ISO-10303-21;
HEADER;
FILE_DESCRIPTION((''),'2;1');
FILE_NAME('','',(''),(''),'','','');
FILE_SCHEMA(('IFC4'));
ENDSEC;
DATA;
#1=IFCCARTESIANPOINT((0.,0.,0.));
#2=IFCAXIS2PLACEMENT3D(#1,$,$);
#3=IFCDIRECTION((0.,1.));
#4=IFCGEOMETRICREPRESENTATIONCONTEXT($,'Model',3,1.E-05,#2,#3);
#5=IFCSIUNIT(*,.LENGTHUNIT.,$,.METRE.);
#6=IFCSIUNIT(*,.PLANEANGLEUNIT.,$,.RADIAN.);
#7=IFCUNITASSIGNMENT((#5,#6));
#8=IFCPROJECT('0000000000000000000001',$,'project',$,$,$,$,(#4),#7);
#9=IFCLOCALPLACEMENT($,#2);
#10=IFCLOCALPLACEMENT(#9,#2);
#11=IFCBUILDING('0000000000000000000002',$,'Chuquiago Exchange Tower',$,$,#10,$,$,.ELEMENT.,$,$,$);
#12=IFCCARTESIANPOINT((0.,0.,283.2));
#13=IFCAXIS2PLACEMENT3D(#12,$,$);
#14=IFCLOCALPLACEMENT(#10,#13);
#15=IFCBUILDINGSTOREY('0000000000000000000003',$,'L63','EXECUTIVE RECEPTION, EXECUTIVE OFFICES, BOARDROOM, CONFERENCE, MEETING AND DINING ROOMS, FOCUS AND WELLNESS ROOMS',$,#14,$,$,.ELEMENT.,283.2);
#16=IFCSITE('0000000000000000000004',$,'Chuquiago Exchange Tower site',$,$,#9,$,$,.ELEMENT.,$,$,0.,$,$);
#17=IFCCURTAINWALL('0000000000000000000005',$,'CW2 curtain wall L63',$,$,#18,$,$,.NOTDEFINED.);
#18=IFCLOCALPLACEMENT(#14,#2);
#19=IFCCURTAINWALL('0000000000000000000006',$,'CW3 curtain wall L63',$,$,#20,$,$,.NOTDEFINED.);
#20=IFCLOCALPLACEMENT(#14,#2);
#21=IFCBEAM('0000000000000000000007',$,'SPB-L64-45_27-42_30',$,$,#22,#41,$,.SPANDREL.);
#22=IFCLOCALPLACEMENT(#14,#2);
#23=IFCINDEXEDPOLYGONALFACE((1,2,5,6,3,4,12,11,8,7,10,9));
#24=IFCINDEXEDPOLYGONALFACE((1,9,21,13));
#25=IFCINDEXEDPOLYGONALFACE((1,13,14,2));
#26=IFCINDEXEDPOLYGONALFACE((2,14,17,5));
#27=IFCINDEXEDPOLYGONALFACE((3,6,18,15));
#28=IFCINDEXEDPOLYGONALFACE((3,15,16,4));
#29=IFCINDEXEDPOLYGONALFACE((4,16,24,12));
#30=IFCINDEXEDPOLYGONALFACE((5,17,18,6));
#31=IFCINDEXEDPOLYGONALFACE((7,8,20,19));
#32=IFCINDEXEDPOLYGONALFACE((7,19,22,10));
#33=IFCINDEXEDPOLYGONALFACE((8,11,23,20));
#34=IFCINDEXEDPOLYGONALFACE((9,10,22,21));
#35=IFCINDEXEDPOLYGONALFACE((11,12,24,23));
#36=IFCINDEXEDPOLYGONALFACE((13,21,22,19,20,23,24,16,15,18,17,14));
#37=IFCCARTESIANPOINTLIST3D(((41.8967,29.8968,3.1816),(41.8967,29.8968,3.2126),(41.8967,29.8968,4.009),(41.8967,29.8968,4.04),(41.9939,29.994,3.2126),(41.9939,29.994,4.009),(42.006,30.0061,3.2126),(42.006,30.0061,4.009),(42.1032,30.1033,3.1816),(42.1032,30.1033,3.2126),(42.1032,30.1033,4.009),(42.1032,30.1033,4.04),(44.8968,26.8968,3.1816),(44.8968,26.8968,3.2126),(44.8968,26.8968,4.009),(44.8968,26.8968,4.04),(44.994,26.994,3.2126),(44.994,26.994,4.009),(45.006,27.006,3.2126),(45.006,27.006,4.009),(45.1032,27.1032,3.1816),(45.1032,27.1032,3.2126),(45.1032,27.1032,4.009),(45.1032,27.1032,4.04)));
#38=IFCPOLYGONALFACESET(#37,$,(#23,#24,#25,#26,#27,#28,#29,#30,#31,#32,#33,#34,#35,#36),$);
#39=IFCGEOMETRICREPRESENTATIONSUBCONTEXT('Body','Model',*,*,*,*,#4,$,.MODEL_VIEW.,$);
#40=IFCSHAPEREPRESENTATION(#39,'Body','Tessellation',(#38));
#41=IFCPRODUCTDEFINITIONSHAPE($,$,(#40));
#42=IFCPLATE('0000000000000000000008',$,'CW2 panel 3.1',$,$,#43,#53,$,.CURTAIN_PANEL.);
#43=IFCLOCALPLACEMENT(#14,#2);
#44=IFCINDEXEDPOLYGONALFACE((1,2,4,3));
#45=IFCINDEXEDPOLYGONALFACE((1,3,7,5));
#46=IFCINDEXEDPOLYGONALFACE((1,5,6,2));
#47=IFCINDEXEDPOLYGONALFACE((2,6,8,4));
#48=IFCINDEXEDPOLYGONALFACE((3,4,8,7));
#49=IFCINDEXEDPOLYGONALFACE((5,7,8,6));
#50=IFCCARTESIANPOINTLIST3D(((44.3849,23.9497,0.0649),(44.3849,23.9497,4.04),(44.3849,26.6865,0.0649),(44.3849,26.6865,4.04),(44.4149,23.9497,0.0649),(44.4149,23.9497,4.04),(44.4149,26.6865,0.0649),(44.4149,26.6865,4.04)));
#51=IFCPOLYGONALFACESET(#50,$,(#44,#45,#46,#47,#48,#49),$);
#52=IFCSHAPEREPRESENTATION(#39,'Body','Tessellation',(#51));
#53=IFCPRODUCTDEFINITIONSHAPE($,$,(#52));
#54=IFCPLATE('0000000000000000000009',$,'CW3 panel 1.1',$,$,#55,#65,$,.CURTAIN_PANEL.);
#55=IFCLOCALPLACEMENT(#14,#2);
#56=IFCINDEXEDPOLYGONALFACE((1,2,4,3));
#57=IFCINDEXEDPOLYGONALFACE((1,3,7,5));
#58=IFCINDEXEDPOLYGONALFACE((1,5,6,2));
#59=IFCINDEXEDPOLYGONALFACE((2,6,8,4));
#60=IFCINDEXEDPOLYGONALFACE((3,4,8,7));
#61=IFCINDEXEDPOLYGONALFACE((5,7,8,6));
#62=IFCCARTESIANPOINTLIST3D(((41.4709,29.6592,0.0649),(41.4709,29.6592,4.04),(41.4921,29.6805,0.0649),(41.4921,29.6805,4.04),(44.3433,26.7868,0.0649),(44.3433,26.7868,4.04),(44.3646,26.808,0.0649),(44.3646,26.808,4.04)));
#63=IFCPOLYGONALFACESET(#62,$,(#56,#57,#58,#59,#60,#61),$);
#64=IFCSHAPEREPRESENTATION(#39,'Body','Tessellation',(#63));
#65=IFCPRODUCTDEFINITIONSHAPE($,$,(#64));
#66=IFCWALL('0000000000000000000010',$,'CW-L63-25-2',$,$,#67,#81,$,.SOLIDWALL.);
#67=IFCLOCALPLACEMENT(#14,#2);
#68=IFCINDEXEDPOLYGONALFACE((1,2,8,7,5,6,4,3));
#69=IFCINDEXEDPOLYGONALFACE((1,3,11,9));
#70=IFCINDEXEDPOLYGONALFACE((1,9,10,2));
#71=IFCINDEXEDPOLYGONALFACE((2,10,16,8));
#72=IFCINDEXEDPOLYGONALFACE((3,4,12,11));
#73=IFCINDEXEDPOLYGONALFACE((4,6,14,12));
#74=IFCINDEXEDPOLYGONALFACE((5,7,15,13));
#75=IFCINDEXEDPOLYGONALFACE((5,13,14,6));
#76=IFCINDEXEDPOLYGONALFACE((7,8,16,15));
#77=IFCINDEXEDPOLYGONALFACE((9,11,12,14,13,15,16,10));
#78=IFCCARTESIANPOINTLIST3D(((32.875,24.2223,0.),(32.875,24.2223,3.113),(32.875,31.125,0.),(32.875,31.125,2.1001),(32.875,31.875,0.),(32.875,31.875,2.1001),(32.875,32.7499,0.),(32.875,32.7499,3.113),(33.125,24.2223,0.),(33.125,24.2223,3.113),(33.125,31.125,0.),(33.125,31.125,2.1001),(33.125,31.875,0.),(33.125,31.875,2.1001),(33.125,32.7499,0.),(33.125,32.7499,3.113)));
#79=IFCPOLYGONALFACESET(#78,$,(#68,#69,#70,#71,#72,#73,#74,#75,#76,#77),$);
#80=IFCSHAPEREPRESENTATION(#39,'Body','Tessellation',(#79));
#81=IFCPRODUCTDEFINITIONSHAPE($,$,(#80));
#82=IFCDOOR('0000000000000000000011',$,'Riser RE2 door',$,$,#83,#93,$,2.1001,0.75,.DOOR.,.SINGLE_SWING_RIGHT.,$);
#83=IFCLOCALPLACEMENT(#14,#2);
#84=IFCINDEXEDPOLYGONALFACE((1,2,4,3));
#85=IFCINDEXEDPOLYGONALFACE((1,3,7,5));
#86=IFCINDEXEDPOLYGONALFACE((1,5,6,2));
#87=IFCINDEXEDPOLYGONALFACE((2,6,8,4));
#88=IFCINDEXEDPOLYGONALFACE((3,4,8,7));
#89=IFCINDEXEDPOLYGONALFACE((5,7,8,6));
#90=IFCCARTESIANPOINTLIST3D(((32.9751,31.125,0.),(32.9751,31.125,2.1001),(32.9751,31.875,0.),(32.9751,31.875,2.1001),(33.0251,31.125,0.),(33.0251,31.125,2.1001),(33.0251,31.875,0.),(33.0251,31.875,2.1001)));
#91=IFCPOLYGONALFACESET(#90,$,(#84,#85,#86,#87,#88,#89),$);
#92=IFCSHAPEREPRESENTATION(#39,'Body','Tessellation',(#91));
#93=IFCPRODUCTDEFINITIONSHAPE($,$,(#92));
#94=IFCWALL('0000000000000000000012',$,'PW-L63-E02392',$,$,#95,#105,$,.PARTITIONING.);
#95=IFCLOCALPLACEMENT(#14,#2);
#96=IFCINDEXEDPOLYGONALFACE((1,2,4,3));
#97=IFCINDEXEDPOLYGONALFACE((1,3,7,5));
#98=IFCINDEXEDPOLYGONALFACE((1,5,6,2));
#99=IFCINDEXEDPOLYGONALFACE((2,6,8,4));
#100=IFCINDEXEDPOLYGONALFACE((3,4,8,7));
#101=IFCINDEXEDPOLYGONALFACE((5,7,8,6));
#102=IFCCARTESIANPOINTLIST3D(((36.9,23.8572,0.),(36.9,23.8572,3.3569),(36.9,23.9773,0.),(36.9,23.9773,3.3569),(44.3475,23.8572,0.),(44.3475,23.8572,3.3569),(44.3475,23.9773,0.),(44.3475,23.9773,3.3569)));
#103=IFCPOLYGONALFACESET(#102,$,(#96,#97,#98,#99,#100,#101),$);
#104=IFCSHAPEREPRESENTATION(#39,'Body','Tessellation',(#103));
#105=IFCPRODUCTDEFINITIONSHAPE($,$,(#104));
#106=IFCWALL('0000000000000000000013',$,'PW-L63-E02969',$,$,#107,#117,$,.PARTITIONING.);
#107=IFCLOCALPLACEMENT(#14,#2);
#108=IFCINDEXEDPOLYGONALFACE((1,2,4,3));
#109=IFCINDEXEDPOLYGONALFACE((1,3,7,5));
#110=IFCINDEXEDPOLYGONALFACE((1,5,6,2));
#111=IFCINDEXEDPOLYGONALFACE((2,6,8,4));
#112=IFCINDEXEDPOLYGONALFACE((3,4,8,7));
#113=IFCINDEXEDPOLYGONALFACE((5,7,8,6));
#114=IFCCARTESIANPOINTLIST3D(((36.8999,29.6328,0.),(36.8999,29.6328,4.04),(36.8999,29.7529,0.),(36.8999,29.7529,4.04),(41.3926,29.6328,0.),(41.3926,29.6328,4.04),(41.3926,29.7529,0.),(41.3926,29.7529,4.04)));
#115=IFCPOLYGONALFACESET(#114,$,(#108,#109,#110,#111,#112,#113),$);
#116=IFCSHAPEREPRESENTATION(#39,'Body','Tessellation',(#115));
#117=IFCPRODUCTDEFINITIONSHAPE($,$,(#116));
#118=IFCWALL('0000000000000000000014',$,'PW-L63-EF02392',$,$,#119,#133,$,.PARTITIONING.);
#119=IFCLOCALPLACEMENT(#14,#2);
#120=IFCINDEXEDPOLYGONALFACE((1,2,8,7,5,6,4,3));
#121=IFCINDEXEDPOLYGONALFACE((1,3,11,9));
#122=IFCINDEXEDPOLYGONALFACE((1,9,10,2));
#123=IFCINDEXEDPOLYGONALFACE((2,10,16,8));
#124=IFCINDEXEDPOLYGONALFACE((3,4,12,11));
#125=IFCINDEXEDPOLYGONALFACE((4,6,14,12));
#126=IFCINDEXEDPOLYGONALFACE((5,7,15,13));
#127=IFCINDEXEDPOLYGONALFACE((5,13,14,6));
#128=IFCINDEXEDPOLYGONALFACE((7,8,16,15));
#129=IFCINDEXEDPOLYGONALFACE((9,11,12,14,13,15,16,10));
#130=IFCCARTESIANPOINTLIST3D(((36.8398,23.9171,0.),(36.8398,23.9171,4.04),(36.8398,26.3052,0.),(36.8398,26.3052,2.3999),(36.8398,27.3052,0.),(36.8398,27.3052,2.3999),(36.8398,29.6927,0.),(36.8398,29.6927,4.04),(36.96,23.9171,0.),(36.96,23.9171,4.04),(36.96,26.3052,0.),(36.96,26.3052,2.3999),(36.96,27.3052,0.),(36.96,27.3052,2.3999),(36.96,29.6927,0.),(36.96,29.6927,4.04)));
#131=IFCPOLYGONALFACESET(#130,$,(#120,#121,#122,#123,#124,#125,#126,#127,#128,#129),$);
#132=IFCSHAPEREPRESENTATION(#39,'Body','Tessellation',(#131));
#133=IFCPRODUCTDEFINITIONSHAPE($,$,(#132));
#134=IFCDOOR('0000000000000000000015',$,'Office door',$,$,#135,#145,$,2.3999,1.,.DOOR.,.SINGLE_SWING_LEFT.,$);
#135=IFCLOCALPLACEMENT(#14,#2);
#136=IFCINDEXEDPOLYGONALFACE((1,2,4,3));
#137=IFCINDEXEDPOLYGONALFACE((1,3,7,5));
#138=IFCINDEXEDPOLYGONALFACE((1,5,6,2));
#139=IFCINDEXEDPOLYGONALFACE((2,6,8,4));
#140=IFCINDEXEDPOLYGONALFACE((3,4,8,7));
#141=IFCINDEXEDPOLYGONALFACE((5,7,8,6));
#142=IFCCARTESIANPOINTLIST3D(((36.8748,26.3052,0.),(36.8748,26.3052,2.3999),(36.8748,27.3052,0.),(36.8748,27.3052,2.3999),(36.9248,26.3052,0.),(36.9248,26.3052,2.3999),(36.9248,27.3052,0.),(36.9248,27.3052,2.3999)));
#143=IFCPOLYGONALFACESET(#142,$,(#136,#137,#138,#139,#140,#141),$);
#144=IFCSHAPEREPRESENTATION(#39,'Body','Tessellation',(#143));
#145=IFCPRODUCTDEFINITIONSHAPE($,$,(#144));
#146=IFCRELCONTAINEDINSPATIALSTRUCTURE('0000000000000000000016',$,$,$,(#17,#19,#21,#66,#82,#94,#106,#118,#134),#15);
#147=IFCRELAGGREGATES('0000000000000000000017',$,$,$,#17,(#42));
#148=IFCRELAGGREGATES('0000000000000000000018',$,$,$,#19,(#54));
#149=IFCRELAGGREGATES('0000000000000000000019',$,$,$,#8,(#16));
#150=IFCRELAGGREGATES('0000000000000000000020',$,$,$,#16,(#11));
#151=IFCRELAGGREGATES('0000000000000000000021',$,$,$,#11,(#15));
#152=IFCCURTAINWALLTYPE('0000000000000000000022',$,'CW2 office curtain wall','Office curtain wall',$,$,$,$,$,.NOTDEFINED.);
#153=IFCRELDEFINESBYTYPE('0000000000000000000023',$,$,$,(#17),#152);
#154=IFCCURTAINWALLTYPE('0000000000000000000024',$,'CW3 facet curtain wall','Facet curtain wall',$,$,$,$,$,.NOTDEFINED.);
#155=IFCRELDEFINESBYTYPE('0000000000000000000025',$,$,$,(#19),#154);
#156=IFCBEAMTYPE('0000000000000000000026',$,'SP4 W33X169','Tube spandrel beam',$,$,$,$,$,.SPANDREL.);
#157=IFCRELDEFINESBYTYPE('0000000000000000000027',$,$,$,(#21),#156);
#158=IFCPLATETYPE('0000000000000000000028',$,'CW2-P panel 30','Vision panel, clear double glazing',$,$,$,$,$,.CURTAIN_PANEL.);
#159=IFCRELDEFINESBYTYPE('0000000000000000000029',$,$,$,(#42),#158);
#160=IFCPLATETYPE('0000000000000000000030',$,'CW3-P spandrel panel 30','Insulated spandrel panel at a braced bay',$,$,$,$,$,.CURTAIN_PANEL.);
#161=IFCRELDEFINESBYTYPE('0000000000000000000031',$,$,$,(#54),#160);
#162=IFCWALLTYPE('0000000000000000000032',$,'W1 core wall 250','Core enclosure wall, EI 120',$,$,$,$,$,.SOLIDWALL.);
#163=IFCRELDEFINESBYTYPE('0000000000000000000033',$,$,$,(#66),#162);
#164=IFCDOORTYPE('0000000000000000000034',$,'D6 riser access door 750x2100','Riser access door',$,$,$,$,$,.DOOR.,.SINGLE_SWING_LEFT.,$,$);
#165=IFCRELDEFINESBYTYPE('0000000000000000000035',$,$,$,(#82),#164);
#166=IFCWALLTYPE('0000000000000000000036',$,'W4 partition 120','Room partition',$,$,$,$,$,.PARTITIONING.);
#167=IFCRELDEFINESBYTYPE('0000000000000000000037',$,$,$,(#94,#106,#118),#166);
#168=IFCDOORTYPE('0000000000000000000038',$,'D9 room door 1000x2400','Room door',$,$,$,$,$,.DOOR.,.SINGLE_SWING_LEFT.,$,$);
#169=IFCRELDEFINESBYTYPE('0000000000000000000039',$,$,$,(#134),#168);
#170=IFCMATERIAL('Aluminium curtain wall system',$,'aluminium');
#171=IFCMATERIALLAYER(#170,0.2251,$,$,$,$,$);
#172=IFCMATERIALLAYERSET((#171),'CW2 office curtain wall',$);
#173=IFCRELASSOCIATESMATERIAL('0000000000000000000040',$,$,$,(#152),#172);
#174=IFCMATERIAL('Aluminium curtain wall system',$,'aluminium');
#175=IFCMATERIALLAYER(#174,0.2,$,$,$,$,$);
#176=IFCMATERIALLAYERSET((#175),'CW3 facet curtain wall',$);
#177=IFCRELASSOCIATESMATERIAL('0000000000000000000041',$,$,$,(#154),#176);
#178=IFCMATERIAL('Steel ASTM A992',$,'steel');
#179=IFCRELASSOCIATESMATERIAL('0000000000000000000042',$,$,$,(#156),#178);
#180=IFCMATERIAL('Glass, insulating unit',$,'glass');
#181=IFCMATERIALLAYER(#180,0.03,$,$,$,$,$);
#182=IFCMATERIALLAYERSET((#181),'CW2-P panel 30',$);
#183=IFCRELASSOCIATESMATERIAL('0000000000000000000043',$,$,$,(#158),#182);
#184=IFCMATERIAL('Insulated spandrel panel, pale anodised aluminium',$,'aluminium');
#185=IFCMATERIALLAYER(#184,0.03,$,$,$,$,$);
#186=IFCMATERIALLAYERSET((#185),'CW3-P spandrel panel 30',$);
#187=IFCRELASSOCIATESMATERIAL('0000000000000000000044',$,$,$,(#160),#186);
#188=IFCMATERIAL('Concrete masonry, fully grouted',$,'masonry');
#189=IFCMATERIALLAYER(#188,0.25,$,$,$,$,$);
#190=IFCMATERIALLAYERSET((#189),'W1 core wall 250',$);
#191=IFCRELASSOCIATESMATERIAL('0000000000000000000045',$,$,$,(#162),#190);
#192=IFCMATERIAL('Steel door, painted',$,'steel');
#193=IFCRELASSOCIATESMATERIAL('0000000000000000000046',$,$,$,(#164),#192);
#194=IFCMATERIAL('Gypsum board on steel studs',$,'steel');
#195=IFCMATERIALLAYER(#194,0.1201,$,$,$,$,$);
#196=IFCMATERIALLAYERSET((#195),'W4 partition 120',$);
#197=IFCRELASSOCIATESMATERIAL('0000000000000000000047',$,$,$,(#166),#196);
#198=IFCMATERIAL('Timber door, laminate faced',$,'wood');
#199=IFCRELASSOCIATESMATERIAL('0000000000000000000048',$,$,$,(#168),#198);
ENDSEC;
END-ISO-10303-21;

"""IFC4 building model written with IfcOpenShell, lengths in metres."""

from ifc_helpers import new_model, si_unit, direction, frame, frame_2d, origin, origin_2d, place, context, subcontext, project, spatial, rectangle, i_section, extrude, material, layer, layer_set, material_profile, profile_set, type_object, element, fill, aggregate, save


model = new_model("IFC4")

# Units and contexts
model_context = context("Model", 3, precision=1e-05, world=origin(), true_north=direction((0.0, 1.0)))
body_context = subcontext(model_context, "Body", "Model", "MODEL_VIEW")
ifc_project = project(units=[si_unit("LENGTHUNIT", "METRE"), si_unit("PLANEANGLEUNIT", "RADIAN")], contexts=[model_context])

# Site, building, storey
site_placement = place(None, origin())
site = spatial("IfcSite", under=ifc_project, at=site_placement, Name="Chuquiago Exchange Tower site", CompositionType="ELEMENT", RefElevation=0.0)
building_placement = place(site_placement, origin())
building = spatial("IfcBuilding", under=site, at=building_placement, Name="Chuquiago Exchange Tower", CompositionType="ELEMENT")
storey_placement = place(building_placement, frame((0.0, 0.0, 283.2)))
storey = spatial("IfcBuildingStorey", under=building, at=storey_placement, Name="L63", Description="EXECUTIVE RECEPTION, EXECUTIVE OFFICES, BOARDROOM, CONFERENCE, MEETING AND DINING ROOMS, FOCUS AND WELLNESS ROOMS", CompositionType="ELEMENT", Elevation=283.2)

# Curtain walls
ifc_material_1 = material(Name="Aluminium curtain wall system", Category="aluminium")
ifc_layer_1 = layer(ifc_material_1, 0.2251)
ifc_layer_set_1 = layer_set([ifc_layer_1], Name="CW2 office curtain wall")
curtain_wall_type_1 = type_object("IfcCurtainWallType", Name="CW2 office curtain wall", Description="Office curtain wall", PredefinedType="NOTDEFINED", material=ifc_layer_set_1)
curtain_wall_1_placement = place(storey_placement, origin())
curtain_wall_1 = element("IfcCurtainWall", 1, at=curtain_wall_1_placement, inside=storey, type_object=curtain_wall_type_1, Name="CW2 curtain wall L63", PredefinedType="NOTDEFINED")
ifc_material_2 = material(Name="Aluminium curtain wall system", Category="aluminium")
ifc_layer_2 = layer(ifc_material_2, 0.2)
ifc_layer_set_2 = layer_set([ifc_layer_2], Name="CW3 facet curtain wall")
curtain_wall_type_2 = type_object("IfcCurtainWallType", Name="CW3 facet curtain wall", Description="Facet curtain wall", PredefinedType="NOTDEFINED", material=ifc_layer_set_2)
curtain_wall_2_placement = place(storey_placement, origin())
curtain_wall_2 = element("IfcCurtainWall", 2, at=curtain_wall_2_placement, inside=storey, type_object=curtain_wall_type_2, Name="CW3 curtain wall L63", PredefinedType="NOTDEFINED")

# Beam
ifc_material_3 = material(Name="Steel ASTM A992", Category="steel")
ifc_material_profile_1 = material_profile(ifc_material_3, i_section(OverallWidth=0.292, OverallDepth=0.8584, WebThickness=0.0171, FlangeThickness=0.031, at=origin_2d()), Name="W33X169")
ifc_profile_set_1 = profile_set([ifc_material_profile_1], Name="Steel ASTM A992")
beam_type_1 = type_object("IfcBeamType", Name="SP4 W33X169", Description="Tube spandrel beam", PredefinedType="SPANDREL", material=ifc_profile_set_1)
beam_1_placement = place(storey_placement, frame((45.0, 27.0, 3.6108), z_axis=(-0.707107, 0.707107, 0.0), x_axis=(-0.707107, -0.707107, 0.0)))
element("IfcBeam", 3, at=beam_1_placement, inside=storey, type_object=beam_type_1, Name="SPB-L64-45_27-42_30", PredefinedType="SPANDREL", context=body_context, shape_type="SweptSolid", body=[
    extrude(i_section(OverallWidth=0.292, OverallDepth=0.8584, WebThickness=0.0171, FlangeThickness=0.031, at=origin_2d()), origin(), (0.0, 0.0, 1.0), 4.2427),
])

# Plates
ifc_material_4 = material(Name="Glass, insulating unit", Category="glass")
ifc_layer_3 = layer(ifc_material_4, 0.03)
ifc_layer_set_3 = layer_set([ifc_layer_3], Name="CW2-P panel 30")
plate_type_1 = type_object("IfcPlateType", Name="CW2-P panel 30", Description="Vision panel, clear double glazing", PredefinedType="CURTAIN_PANEL", material=ifc_layer_set_3)
plate_1_placement = place(storey_placement, frame((44.3999, 25.3181, 0.0649), z_axis=(0.0, 0.0, 1.0), x_axis=(0.0, 1.0, 0.0)))
plate_1 = element("IfcPlate", 4, at=plate_1_placement, type_object=plate_type_1, Name="CW2 panel 3.1", PredefinedType="CURTAIN_PANEL", context=body_context, shape_type="SweptSolid", body=[
    extrude(rectangle(XDim=2.7368, YDim=0.03, at=origin_2d()), origin(), (0.0, 0.0, 1.0), 3.9751),
])
aggregate(curtain_wall_1, [plate_1])
ifc_material_5 = material(Name="Insulated spandrel panel, pale anodised aluminium", Category="aluminium")
ifc_layer_4 = layer(ifc_material_5, 0.03)
ifc_layer_set_4 = layer_set([ifc_layer_4], Name="CW3-P spandrel panel 30")
plate_type_2 = type_object("IfcPlateType", Name="CW3-P spandrel panel 30", Description="Insulated spandrel panel at a braced bay", PredefinedType="CURTAIN_PANEL", material=ifc_layer_set_4)
plate_2_placement = place(storey_placement, frame((42.9177, 28.2336, 0.0649), z_axis=(0.0, 0.0, 1.0), x_axis=(-0.707107, 0.707107, 0.0)))
plate_2 = element("IfcPlate", 5, at=plate_2_placement, type_object=plate_type_2, Name="CW3 panel 1.1", PredefinedType="CURTAIN_PANEL", context=body_context, shape_type="SweptSolid", body=[
    extrude(rectangle(XDim=4.0623, YDim=0.03, at=origin_2d()), origin(), (0.0, 0.0, 1.0), 3.9751),
])
aggregate(curtain_wall_2, [plate_2])

# Wall, opening, door
ifc_material_6 = material(Name="Concrete masonry, fully grouted", Category="masonry")
ifc_layer_5 = layer(ifc_material_6, 0.25)
ifc_layer_set_5 = layer_set([ifc_layer_5], Name="W1 core wall 250")
wall_type_1 = type_object("IfcWallType", Name="W1 core wall 250", Description="Core enclosure wall, EI 120", PredefinedType="SOLIDWALL", material=ifc_layer_set_5)
wall_1_placement = place(storey_placement, frame((33.0, 24.2224, 0.0), z_axis=(0.0, 0.0, 1.0), x_axis=(0.0, 1.0, 0.0)))
wall_1 = element("IfcWall", 6, at=wall_1_placement, inside=storey, type_object=wall_type_1, Name="CW-L63-25-2", PredefinedType="SOLIDWALL", context=body_context, shape_type="SweptSolid", body=[
    extrude(rectangle(XDim=8.5276, YDim=0.25, at=frame_2d((4.2637, 0.0))), origin(), (0.0, 0.0, 1.0), 3.113),
])
opening_1_placement = place(wall_1_placement, frame((6.9026, 0.0, 0.0)))
opening_1 = element("IfcOpeningElement", 7, at=opening_1_placement, cuts=wall_1, PredefinedType="OPENING", context=body_context, shape_type="SweptSolid", body=[
    extrude(rectangle(XDim=0.75, YDim=2.1001, at=frame_2d((0.375, 1.05))), frame((0.0, 0.135, 0.0), z_axis=(0.0, -1.0, 0.0), x_axis=(1.0, 0.0, 0.0)), (0.0, 0.0, 1.0), 0.27),
])
ifc_material_7 = material(Name="Steel door, painted", Category="steel")
door_type_1 = type_object("IfcDoorType", Name="D6 riser access door 750x2100", Description="Riser access door", OperationType="SINGLE_SWING_LEFT", PredefinedType="DOOR", material=ifc_material_7)
door_1_placement = place(opening_1_placement, origin())
door_1 = element("IfcDoor", 8, at=door_1_placement, inside=storey, type_object=door_type_1, Name="Riser RE2 door", OperationType="SINGLE_SWING_RIGHT", OverallHeight=2.1001, OverallWidth=0.75, PredefinedType="DOOR", context=body_context, shape_type="SweptSolid", body=[
    extrude(rectangle(XDim=0.75, YDim=2.1001, at=frame_2d((0.375, 1.05))), frame((0.0, 0.0249, 0.0), z_axis=(0.0, -1.0, 0.0), x_axis=(1.0, 0.0, 0.0)), (0.0, 0.0, 1.0), 0.05),
])
fill(opening_1, door_1)

# Walls
ifc_material_8 = material(Name="Gypsum board on steel studs", Category="steel")
ifc_layer_6 = layer(ifc_material_8, 0.1201)
ifc_layer_set_6 = layer_set([ifc_layer_6], Name="W4 partition 120")
wall_type_2 = type_object("IfcWallType", Name="W4 partition 120", Description="Room partition", PredefinedType="PARTITIONING", material=ifc_layer_set_6)
wall_2_placement = place(storey_placement, frame((44.3474, 23.9172, 0.0), z_axis=(0.0, 0.0, 1.0), x_axis=(-1.0, 0.0, 0.0)))
element("IfcWall", 9, at=wall_2_placement, inside=storey, type_object=wall_type_2, Name="PW-L63-E02392", PredefinedType="PARTITIONING", context=body_context, shape_type="SweptSolid", body=[
    extrude(rectangle(XDim=7.4475, YDim=0.1201, at=frame_2d((3.7236, 0.0))), origin(), (0.0, 0.0, 1.0), 3.3569),
])
wall_3_placement = place(storey_placement, frame((41.3926, 29.6929, 0.0), z_axis=(0.0, 0.0, 1.0), x_axis=(-1.0, 0.0, 0.0)))
element("IfcWall", 10, at=wall_3_placement, inside=storey, type_object=wall_type_2, Name="PW-L63-E02969", PredefinedType="PARTITIONING", context=body_context, shape_type="SweptSolid", body=[
    extrude(rectangle(XDim=4.4927, YDim=0.1201, at=frame_2d((2.2463, 0.0))), origin(), (0.0, 0.0, 1.0), 4.04),
])

# Wall, opening, door
wall_4_placement = place(storey_placement, frame((36.8999, 23.9172, 0.0), z_axis=(0.0, 0.0, 1.0), x_axis=(0.0, 1.0, 0.0)))
wall_4 = element("IfcWall", 11, at=wall_4_placement, inside=storey, type_object=wall_type_2, Name="PW-L63-EF02392", PredefinedType="PARTITIONING", context=body_context, shape_type="SweptSolid", body=[
    extrude(rectangle(XDim=5.7756, YDim=0.1201, at=frame_2d((2.8877, 0.0))), origin(), (0.0, 0.0, 1.0), 4.04),
])
opening_2_placement = place(wall_4_placement, frame((2.3879, 0.0, 0.0)))
opening_2 = element("IfcOpeningElement", 12, at=opening_2_placement, cuts=wall_4, PredefinedType="OPENING", context=body_context, shape_type="SweptSolid", body=[
    extrude(rectangle(XDim=1.0, YDim=2.3999, at=frame_2d((0.5, 1.2))), frame((0.0, 0.0701, 0.0), z_axis=(0.0, -1.0, 0.0), x_axis=(1.0, 0.0, 0.0)), (0.0, 0.0, 1.0), 0.1401),
])
ifc_material_9 = material(Name="Timber door, laminate faced", Category="wood")
door_type_2 = type_object("IfcDoorType", Name="D9 room door 1000x2400", Description="Room door", OperationType="SINGLE_SWING_LEFT", PredefinedType="DOOR", material=ifc_material_9)
door_2_placement = place(opening_2_placement, frame((1.0, 0.0, 0.0), z_axis=(0.0, 0.0, 1.0), x_axis=(-1.0, 0.0, 0.0)))
door_2 = element("IfcDoor", 13, at=door_2_placement, inside=storey, type_object=door_type_2, Name="Office door", OperationType="SINGLE_SWING_LEFT", OverallHeight=2.3999, OverallWidth=1.0, PredefinedType="DOOR", context=body_context, shape_type="SweptSolid", body=[
    extrude(rectangle(XDim=1.0, YDim=2.3999, at=frame_2d((0.5, 1.2))), frame((0.0, 0.0249, 0.0), z_axis=(0.0, -1.0, 0.0), x_axis=(1.0, 0.0, 0.0)), (0.0, 0.0, 1.0), 0.05),
])
fill(opening_2, door_2)

save(model, "model.ifc")
